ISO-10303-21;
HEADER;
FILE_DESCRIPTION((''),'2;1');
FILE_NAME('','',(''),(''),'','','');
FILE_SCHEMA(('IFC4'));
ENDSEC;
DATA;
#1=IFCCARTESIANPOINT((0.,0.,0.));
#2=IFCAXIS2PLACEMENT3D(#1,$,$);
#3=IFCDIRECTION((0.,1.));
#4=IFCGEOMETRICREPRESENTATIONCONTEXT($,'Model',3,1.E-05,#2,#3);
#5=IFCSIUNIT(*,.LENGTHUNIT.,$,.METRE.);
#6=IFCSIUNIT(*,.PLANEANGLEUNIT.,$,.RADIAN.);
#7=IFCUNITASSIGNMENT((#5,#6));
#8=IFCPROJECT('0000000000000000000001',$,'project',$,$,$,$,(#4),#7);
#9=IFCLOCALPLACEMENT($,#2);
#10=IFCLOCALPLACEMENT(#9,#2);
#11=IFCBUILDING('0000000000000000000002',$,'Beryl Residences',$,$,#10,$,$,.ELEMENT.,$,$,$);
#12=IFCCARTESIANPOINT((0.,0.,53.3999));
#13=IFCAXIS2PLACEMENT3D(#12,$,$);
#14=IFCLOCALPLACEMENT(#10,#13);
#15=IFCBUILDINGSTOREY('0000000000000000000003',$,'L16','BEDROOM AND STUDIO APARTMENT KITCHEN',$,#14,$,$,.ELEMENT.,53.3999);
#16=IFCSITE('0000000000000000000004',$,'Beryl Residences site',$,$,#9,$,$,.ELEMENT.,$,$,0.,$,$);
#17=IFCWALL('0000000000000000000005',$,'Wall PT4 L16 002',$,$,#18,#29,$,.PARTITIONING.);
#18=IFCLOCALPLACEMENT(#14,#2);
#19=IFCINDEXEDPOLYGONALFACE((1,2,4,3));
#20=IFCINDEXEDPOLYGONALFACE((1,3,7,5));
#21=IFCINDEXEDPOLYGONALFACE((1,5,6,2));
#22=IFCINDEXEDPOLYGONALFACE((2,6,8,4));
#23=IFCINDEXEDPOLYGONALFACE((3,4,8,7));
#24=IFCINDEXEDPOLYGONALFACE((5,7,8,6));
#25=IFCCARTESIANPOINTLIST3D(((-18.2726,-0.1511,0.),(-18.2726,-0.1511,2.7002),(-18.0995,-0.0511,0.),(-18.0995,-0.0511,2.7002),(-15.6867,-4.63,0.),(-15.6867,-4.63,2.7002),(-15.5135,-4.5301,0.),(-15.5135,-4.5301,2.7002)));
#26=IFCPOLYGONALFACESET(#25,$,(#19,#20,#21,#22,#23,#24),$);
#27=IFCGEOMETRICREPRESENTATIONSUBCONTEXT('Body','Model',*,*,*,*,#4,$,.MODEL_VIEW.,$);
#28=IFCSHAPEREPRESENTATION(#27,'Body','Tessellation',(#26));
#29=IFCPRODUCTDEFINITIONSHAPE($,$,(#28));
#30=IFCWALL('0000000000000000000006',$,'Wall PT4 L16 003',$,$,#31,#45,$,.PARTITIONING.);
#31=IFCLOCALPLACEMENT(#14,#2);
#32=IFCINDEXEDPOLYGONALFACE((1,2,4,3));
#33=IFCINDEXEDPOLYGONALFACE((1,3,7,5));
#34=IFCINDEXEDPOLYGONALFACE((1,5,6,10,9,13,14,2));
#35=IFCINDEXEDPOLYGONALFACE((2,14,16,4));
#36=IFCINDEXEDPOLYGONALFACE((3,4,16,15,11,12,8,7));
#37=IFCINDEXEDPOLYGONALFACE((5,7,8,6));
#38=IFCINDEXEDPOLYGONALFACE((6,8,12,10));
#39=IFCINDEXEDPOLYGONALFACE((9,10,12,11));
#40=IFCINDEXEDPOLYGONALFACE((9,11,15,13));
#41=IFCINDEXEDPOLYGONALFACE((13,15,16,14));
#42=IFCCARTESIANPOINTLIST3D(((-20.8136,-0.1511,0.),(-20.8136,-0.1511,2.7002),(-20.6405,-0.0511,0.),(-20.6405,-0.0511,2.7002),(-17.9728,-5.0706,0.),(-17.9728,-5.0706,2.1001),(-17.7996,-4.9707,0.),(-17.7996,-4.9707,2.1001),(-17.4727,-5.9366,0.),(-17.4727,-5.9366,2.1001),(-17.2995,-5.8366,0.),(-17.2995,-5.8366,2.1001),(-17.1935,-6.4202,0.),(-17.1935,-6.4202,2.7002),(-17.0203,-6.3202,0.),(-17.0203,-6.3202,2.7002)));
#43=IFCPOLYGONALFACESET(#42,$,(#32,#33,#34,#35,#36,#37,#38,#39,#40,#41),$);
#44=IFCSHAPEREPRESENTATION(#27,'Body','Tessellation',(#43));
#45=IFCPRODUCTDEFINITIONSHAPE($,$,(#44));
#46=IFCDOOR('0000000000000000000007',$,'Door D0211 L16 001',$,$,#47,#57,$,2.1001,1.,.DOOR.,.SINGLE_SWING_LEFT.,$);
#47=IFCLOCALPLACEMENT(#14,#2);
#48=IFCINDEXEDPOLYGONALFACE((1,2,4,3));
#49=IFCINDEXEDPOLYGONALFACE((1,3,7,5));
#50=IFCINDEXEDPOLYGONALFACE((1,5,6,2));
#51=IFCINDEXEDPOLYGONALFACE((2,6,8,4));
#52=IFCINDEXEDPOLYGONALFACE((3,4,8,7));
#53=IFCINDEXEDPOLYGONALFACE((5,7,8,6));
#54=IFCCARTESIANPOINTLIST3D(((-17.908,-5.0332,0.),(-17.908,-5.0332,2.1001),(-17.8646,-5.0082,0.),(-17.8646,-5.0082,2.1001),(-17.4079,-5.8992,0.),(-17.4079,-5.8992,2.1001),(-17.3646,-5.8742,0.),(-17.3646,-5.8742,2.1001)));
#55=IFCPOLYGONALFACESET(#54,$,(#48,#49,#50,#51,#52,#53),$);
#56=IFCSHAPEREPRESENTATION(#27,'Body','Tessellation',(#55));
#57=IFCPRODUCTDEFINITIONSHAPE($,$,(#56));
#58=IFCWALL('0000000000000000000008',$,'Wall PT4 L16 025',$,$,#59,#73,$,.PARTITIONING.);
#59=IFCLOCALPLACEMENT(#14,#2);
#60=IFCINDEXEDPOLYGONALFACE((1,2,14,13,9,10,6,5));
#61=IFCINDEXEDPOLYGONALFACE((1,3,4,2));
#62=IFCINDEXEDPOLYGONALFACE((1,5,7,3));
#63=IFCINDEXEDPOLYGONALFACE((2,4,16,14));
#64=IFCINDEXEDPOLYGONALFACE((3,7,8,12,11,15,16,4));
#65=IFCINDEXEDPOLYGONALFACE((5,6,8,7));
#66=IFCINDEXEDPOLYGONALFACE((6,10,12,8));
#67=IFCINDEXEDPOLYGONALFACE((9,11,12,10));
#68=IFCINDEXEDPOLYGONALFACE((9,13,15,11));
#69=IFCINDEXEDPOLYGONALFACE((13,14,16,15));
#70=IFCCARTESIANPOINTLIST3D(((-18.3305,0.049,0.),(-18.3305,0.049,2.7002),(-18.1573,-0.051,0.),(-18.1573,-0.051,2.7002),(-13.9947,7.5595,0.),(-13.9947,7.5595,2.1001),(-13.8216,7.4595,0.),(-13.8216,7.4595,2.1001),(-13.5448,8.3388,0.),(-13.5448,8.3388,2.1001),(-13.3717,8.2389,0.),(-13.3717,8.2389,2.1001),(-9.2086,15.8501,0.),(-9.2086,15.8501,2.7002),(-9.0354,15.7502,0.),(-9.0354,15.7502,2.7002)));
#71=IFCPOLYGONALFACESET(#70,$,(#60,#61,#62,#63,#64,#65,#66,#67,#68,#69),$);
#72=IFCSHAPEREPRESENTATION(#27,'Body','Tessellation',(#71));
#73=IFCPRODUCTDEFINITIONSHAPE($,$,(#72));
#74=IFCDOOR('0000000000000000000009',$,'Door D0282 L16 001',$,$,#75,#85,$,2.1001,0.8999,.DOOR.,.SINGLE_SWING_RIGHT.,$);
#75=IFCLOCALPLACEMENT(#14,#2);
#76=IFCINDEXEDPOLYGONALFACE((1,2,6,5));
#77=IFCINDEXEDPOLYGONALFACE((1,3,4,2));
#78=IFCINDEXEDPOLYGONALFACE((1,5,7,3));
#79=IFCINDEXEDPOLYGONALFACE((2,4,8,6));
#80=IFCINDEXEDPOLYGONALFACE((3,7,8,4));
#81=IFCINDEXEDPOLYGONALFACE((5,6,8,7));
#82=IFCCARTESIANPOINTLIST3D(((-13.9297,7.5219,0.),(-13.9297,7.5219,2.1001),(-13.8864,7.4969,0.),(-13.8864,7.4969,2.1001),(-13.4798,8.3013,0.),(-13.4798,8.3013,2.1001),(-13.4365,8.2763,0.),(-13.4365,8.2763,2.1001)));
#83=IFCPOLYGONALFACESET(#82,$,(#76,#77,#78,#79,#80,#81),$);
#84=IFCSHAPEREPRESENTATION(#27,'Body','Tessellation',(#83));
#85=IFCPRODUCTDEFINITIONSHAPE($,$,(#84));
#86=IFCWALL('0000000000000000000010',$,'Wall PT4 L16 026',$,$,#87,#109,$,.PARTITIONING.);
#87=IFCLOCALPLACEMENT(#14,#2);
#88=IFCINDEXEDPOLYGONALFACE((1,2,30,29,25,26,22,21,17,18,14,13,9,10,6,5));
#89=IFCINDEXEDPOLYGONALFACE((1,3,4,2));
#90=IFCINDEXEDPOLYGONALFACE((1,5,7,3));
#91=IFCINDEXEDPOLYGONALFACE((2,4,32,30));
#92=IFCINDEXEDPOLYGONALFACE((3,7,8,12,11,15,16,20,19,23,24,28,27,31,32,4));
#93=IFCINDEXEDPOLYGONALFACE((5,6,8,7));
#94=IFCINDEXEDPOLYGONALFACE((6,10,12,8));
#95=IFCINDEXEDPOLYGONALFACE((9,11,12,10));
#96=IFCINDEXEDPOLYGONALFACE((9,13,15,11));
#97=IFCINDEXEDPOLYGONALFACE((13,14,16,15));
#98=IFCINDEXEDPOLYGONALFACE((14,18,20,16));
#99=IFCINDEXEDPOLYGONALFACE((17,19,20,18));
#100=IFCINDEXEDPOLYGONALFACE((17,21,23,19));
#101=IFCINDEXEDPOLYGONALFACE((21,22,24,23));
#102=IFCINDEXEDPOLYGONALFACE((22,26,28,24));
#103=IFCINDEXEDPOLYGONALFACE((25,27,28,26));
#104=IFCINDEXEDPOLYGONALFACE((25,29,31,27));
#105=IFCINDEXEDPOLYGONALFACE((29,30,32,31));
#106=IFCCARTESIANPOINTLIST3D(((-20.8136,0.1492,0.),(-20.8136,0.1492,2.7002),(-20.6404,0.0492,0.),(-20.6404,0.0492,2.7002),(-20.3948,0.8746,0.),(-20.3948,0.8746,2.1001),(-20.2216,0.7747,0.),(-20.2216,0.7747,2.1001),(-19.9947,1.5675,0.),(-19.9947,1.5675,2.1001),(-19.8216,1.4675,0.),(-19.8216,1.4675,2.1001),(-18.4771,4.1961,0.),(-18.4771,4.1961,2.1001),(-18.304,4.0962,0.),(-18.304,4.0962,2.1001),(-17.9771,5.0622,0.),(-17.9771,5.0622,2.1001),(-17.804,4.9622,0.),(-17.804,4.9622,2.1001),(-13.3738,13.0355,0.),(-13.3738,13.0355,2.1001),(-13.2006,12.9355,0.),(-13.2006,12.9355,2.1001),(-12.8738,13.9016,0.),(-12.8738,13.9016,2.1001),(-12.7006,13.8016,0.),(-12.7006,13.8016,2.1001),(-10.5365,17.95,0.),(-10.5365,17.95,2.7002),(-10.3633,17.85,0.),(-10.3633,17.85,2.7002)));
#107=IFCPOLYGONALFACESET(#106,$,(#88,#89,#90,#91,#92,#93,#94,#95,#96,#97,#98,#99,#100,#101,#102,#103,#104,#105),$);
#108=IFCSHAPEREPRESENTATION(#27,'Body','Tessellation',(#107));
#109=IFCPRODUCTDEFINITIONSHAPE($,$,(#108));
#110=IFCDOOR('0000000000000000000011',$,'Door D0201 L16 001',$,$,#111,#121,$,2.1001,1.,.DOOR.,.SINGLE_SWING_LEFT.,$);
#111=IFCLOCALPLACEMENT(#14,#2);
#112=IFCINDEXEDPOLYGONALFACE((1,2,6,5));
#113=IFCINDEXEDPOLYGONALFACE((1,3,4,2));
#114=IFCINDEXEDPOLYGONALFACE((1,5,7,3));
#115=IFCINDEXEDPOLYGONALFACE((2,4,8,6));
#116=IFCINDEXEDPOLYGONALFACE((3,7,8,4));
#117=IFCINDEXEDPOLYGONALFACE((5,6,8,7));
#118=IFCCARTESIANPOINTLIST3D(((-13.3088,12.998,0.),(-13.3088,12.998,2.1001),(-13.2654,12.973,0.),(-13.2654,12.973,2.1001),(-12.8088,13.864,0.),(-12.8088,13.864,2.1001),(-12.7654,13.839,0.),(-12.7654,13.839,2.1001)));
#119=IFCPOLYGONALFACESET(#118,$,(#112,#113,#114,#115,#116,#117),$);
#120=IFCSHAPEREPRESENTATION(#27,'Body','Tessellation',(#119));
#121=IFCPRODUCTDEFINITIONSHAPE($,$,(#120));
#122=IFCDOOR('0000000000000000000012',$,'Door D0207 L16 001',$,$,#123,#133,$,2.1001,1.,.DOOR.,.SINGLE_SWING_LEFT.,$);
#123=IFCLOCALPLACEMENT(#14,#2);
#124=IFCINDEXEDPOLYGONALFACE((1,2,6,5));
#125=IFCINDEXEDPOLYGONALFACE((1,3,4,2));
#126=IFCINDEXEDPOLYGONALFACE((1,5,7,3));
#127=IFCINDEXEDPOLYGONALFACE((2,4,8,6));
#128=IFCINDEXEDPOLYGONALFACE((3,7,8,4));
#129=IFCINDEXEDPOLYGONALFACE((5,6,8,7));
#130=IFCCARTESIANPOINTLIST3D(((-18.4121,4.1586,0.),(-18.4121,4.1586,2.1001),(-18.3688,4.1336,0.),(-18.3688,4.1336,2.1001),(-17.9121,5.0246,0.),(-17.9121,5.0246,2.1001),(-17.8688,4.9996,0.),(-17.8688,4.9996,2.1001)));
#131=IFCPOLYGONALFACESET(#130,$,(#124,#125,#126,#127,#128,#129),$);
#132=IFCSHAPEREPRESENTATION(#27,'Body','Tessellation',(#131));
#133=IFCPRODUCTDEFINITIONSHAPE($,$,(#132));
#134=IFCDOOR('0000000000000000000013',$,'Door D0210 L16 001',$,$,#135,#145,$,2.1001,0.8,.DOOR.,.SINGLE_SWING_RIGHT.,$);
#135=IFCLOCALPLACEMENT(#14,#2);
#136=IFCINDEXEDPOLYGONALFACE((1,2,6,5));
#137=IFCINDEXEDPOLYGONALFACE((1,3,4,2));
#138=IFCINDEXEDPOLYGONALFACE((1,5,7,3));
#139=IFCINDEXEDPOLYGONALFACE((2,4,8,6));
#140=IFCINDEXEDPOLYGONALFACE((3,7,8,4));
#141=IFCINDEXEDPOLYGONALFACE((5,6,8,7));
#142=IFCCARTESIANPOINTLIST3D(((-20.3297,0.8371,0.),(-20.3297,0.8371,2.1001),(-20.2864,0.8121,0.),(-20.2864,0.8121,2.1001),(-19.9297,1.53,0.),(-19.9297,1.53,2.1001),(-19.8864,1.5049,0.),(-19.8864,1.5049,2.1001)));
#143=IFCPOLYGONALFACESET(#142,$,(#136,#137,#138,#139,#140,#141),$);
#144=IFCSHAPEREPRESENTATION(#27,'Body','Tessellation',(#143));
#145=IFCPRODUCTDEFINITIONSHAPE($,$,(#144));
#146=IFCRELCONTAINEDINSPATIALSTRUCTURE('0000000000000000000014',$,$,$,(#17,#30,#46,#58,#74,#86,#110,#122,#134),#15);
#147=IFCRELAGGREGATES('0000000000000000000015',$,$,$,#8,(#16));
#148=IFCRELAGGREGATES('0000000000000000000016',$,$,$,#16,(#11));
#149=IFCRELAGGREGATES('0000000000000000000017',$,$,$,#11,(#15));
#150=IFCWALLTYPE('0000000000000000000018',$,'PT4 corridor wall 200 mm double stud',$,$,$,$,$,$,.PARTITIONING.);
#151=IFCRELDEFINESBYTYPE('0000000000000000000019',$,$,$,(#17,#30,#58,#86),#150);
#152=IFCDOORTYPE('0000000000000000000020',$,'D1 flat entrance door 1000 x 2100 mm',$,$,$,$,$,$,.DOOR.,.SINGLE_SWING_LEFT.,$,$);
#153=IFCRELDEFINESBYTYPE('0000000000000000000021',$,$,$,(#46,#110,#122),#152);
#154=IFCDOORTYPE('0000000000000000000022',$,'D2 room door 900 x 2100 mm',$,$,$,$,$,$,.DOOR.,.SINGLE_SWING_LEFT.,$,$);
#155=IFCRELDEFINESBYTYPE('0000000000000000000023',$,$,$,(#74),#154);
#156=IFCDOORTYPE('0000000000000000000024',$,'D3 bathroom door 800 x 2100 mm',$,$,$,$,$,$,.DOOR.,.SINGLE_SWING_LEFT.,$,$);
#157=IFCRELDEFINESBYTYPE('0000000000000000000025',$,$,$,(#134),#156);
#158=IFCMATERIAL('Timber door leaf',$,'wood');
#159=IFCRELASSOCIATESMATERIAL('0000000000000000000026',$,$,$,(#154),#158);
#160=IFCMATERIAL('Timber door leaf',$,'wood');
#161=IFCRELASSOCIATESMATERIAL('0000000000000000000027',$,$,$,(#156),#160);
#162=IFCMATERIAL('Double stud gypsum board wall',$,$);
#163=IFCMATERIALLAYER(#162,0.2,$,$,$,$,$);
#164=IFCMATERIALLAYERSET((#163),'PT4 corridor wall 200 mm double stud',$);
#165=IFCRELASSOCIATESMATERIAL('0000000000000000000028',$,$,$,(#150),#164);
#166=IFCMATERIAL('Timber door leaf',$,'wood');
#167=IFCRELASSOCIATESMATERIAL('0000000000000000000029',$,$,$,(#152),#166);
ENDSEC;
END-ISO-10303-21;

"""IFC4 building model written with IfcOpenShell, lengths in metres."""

from ifc_helpers import new_model, si_unit, direction, frame, frame_2d, origin, place, context, subcontext, project, spatial, rectangle, extrude, material, layer, layer_set, type_object, element, fill, save


model = new_model("IFC4")

# Units and contexts
model_context = context("Model", 3, precision=1e-05, world=origin(), true_north=direction((0.0, 1.0)))
body_context = subcontext(model_context, "Body", "Model", "MODEL_VIEW")
ifc_project = project(units=[si_unit("LENGTHUNIT", "METRE"), si_unit("PLANEANGLEUNIT", "RADIAN")], contexts=[model_context])

# Site, building, storey
site_placement = place(None, origin())
site = spatial("IfcSite", under=ifc_project, at=site_placement, Name="Beryl Residences site", CompositionType="ELEMENT", RefElevation=0.0)
building_placement = place(site_placement, origin())
building = spatial("IfcBuilding", under=site, at=building_placement, Name="Beryl Residences", CompositionType="ELEMENT")
storey_placement = place(building_placement, frame((0.0, 0.0, 53.3999)))
storey = spatial("IfcBuildingStorey", under=building, at=storey_placement, Name="L16", Description="BEDROOM AND STUDIO APARTMENT KITCHEN", CompositionType="ELEMENT", Elevation=53.3999)

# Shared definitions
ifc_material_1 = material(Name="Timber door leaf", Category="wood")
door_type_1 = type_object("IfcDoorType", Name="D2 room door 900 x 2100 mm", OperationType="SINGLE_SWING_LEFT", PredefinedType="DOOR", material=ifc_material_1)
ifc_material_2 = material(Name="Timber door leaf", Category="wood")
door_type_2 = type_object("IfcDoorType", Name="D3 bathroom door 800 x 2100 mm", OperationType="SINGLE_SWING_LEFT", PredefinedType="DOOR", material=ifc_material_2)

# Wall
ifc_material_3 = material(Name="Double stud gypsum board wall")
ifc_layer_1 = layer(ifc_material_3, 0.2)
ifc_layer_set_1 = layer_set([ifc_layer_1], Name="PT4 corridor wall 200 mm double stud")
wall_type_1 = type_object("IfcWallType", Name="PT4 corridor wall 200 mm double stud", PredefinedType="PARTITIONING", material=ifc_layer_set_1)
wall_1_placement = place(storey_placement, frame((-18.186, -0.1011, 0.0), z_axis=(0.0, 0.0, 1.0), x_axis=(0.499998, -0.866027, 0.0)))
element("IfcWall", 1, at=wall_1_placement, inside=storey, type_object=wall_type_1, Name="Wall PT4 L16 002", PredefinedType="PARTITIONING", context=body_context, shape_type="SweptSolid", body=[
    extrude(rectangle(XDim=5.1719, YDim=0.2, at=frame_2d((2.5859, 0.0))), origin(), (0.0, 0.0, 1.0), 2.7002),
])

# Walls, openings, doors
wall_2_placement = place(storey_placement, frame((-20.7271, -0.1011, 0.0), z_axis=(0.0, 0.0, 1.0), x_axis=(0.500071, -0.865985, 0.0)))
wall_2 = element("IfcWall", 2, at=wall_2_placement, inside=storey, type_object=wall_type_1, Name="Wall PT4 L16 003", PredefinedType="PARTITIONING", context=body_context, shape_type="SweptSolid", body=[
    extrude(rectangle(XDim=7.2393, YDim=0.2, at=frame_2d((3.6196, 0.0))), origin(), (0.0, 0.0, 1.0), 2.7002),
])
opening_1_placement = place(wall_2_placement, frame((5.6809, 0.0, 0.0)))
opening_1 = element("IfcOpeningElement", 3, at=opening_1_placement, cuts=wall_2, PredefinedType="OPENING", context=body_context, shape_type="SweptSolid", body=[
    extrude(rectangle(XDim=1.0, YDim=2.1001, at=frame_2d((0.5, 1.05))), frame((0.0, 0.1099, 0.0), z_axis=(0.0, -1.0, 0.0), x_axis=(1.0, 0.0, 0.0)), (0.0, 0.0, 1.0), 0.22),
])
ifc_material_4 = material(Name="Timber door leaf", Category="wood")
door_type_3 = type_object("IfcDoorType", Name="D1 flat entrance door 1000 x 2100 mm", OperationType="SINGLE_SWING_LEFT", PredefinedType="DOOR", material=ifc_material_4)
door_1_placement = place(opening_1_placement, origin())
door_1 = element("IfcDoor", 4, at=door_1_placement, inside=storey, type_object=door_type_3, Name="Door D0211 L16 001", OperationType="SINGLE_SWING_LEFT", OverallHeight=2.1001, OverallWidth=1.0, PredefinedType="DOOR", context=body_context, shape_type="SweptSolid", body=[
    extrude(rectangle(XDim=1.0, YDim=2.1001, at=frame_2d((0.5, 1.05))), frame((0.0, 0.0249, 0.0), z_axis=(0.0, -1.0, 0.0), x_axis=(1.0, 0.0, 0.0)), (0.0, 0.0, 1.0), 0.05),
])
fill(opening_1, door_1)
wall_3_placement = place(storey_placement, frame((-18.2439, -0.001, 0.0), z_axis=(0.0, 0.0, 1.0), x_axis=(0.499963, 0.866047, 0.0)))
wall_3 = element("IfcWall", 5, at=wall_3_placement, inside=storey, type_object=wall_type_1, Name="Wall PT4 L16 025", PredefinedType="PARTITIONING", context=body_context, shape_type="SweptSolid", body=[
    extrude(rectangle(XDim=18.2451, YDim=0.2, at=frame_2d((9.1226, 0.0))), origin(), (0.0, 0.0, 1.0), 2.7002),
])
opening_2_placement = place(wall_3_placement, frame((8.6721, 0.0, 0.0)))
opening_2 = element("IfcOpeningElement", 6, at=opening_2_placement, cuts=wall_3, PredefinedType="OPENING", context=body_context, shape_type="SweptSolid", body=[
    extrude(rectangle(XDim=0.8999, YDim=2.1001, at=frame_2d((0.45, 1.05))), frame((0.0, 0.1099, 0.0), z_axis=(0.0, -1.0, 0.0), x_axis=(1.0, 0.0, 0.0)), (0.0, 0.0, 1.0), 0.22),
])
door_2_placement = place(opening_2_placement, origin())
door_2 = element("IfcDoor", 7, at=door_2_placement, inside=storey, type_object=door_type_1, Name="Door D0282 L16 001", OperationType="SINGLE_SWING_RIGHT", OverallHeight=2.1001, OverallWidth=0.8999, PredefinedType="DOOR", context=body_context, shape_type="SweptSolid", body=[
    extrude(rectangle(XDim=0.8999, YDim=2.1001, at=frame_2d((0.45, 1.05))), frame((0.0, 0.0249, 0.0), z_axis=(0.0, -1.0, 0.0), x_axis=(1.0, 0.0, 0.0)), (0.0, 0.0, 1.0), 0.05),
])
fill(opening_2, door_2)

# Wall, openings, doors
wall_4_placement = place(storey_placement, frame((-20.7271, 0.0991, 0.0), z_axis=(0.0, 0.0, 1.0), x_axis=(0.499993, 0.866029, 0.0)))
wall_4 = element("IfcWall", 8, at=wall_4_placement, inside=storey, type_object=wall_type_1, Name="Wall PT4 L16 026", PredefinedType="PARTITIONING", context=body_context, shape_type="SweptSolid", body=[
    extrude(rectangle(XDim=20.5544, YDim=0.2, at=frame_2d((10.2773, 0.0))), origin(), (0.0, 0.0, 1.0), 2.7002),
])
opening_3_placement = place(wall_4_placement, frame((14.8799, 0.0, 0.0)))
opening_3 = element("IfcOpeningElement", 9, at=opening_3_placement, cuts=wall_4, PredefinedType="OPENING", context=body_context, shape_type="SweptSolid", body=[
    extrude(rectangle(XDim=1.0, YDim=2.1001, at=frame_2d((0.5, 1.05))), frame((0.0, 0.1099, 0.0), z_axis=(0.0, -1.0, 0.0), x_axis=(1.0, 0.0, 0.0)), (0.0, 0.0, 1.0), 0.22),
])
opening_4_placement = place(wall_4_placement, frame((4.6731, 0.0, 0.0)))
opening_4 = element("IfcOpeningElement", 10, at=opening_4_placement, cuts=wall_4, PredefinedType="OPENING", context=body_context, shape_type="SweptSolid", body=[
    extrude(rectangle(XDim=1.0, YDim=2.1001, at=frame_2d((0.5, 1.05))), frame((0.0, 0.1099, 0.0), z_axis=(0.0, -1.0, 0.0), x_axis=(1.0, 0.0, 0.0)), (0.0, 0.0, 1.0), 0.22),
])
opening_5_placement = place(wall_4_placement, frame((0.8379, 0.0, 0.0)))
opening_5 = element("IfcOpeningElement", 11, at=opening_5_placement, cuts=wall_4, PredefinedType="OPENING", context=body_context, shape_type="SweptSolid", body=[
    extrude(rectangle(XDim=0.8, YDim=2.1001, at=frame_2d((0.3999, 1.05))), frame((0.0, 0.1099, 0.0), z_axis=(0.0, -1.0, 0.0), x_axis=(1.0, 0.0, 0.0)), (0.0, 0.0, 1.0), 0.22),
])
door_3_placement = place(opening_3_placement, origin())
door_3 = element("IfcDoor", 12, at=door_3_placement, inside=storey, type_object=door_type_3, Name="Door D0201 L16 001", OperationType="SINGLE_SWING_LEFT", OverallHeight=2.1001, OverallWidth=1.0, PredefinedType="DOOR", context=body_context, shape_type="SweptSolid", body=[
    extrude(rectangle(XDim=1.0, YDim=2.1001, at=frame_2d((0.5, 1.05))), frame((0.0, 0.0249, 0.0), z_axis=(0.0, -1.0, 0.0), x_axis=(1.0, 0.0, 0.0)), (0.0, 0.0, 1.0), 0.05),
])
fill(opening_3, door_3)
door_4_placement = place(opening_4_placement, origin())
door_4 = element("IfcDoor", 13, at=door_4_placement, inside=storey, type_object=door_type_3, Name="Door D0207 L16 001", OperationType="SINGLE_SWING_LEFT", OverallHeight=2.1001, OverallWidth=1.0, PredefinedType="DOOR", context=body_context, shape_type="SweptSolid", body=[
    extrude(rectangle(XDim=1.0, YDim=2.1001, at=frame_2d((0.5, 1.05))), frame((0.0, 0.0249, 0.0), z_axis=(0.0, -1.0, 0.0), x_axis=(1.0, 0.0, 0.0)), (0.0, 0.0, 1.0), 0.05),
])
fill(opening_4, door_4)
door_5_placement = place(opening_5_placement, origin())
door_5 = element("IfcDoor", 14, at=door_5_placement, inside=storey, type_object=door_type_2, Name="Door D0210 L16 001", OperationType="SINGLE_SWING_RIGHT", OverallHeight=2.1001, OverallWidth=0.8, PredefinedType="DOOR", context=body_context, shape_type="SweptSolid", body=[
    extrude(rectangle(XDim=0.8, YDim=2.1001, at=frame_2d((0.3999, 1.05))), frame((0.0, 0.0249, 0.0), z_axis=(0.0, -1.0, 0.0), x_axis=(1.0, 0.0, 0.0)), (0.0, 0.0, 1.0), 0.05),
])
fill(opening_5, door_5)

save(model, "model.ifc")
